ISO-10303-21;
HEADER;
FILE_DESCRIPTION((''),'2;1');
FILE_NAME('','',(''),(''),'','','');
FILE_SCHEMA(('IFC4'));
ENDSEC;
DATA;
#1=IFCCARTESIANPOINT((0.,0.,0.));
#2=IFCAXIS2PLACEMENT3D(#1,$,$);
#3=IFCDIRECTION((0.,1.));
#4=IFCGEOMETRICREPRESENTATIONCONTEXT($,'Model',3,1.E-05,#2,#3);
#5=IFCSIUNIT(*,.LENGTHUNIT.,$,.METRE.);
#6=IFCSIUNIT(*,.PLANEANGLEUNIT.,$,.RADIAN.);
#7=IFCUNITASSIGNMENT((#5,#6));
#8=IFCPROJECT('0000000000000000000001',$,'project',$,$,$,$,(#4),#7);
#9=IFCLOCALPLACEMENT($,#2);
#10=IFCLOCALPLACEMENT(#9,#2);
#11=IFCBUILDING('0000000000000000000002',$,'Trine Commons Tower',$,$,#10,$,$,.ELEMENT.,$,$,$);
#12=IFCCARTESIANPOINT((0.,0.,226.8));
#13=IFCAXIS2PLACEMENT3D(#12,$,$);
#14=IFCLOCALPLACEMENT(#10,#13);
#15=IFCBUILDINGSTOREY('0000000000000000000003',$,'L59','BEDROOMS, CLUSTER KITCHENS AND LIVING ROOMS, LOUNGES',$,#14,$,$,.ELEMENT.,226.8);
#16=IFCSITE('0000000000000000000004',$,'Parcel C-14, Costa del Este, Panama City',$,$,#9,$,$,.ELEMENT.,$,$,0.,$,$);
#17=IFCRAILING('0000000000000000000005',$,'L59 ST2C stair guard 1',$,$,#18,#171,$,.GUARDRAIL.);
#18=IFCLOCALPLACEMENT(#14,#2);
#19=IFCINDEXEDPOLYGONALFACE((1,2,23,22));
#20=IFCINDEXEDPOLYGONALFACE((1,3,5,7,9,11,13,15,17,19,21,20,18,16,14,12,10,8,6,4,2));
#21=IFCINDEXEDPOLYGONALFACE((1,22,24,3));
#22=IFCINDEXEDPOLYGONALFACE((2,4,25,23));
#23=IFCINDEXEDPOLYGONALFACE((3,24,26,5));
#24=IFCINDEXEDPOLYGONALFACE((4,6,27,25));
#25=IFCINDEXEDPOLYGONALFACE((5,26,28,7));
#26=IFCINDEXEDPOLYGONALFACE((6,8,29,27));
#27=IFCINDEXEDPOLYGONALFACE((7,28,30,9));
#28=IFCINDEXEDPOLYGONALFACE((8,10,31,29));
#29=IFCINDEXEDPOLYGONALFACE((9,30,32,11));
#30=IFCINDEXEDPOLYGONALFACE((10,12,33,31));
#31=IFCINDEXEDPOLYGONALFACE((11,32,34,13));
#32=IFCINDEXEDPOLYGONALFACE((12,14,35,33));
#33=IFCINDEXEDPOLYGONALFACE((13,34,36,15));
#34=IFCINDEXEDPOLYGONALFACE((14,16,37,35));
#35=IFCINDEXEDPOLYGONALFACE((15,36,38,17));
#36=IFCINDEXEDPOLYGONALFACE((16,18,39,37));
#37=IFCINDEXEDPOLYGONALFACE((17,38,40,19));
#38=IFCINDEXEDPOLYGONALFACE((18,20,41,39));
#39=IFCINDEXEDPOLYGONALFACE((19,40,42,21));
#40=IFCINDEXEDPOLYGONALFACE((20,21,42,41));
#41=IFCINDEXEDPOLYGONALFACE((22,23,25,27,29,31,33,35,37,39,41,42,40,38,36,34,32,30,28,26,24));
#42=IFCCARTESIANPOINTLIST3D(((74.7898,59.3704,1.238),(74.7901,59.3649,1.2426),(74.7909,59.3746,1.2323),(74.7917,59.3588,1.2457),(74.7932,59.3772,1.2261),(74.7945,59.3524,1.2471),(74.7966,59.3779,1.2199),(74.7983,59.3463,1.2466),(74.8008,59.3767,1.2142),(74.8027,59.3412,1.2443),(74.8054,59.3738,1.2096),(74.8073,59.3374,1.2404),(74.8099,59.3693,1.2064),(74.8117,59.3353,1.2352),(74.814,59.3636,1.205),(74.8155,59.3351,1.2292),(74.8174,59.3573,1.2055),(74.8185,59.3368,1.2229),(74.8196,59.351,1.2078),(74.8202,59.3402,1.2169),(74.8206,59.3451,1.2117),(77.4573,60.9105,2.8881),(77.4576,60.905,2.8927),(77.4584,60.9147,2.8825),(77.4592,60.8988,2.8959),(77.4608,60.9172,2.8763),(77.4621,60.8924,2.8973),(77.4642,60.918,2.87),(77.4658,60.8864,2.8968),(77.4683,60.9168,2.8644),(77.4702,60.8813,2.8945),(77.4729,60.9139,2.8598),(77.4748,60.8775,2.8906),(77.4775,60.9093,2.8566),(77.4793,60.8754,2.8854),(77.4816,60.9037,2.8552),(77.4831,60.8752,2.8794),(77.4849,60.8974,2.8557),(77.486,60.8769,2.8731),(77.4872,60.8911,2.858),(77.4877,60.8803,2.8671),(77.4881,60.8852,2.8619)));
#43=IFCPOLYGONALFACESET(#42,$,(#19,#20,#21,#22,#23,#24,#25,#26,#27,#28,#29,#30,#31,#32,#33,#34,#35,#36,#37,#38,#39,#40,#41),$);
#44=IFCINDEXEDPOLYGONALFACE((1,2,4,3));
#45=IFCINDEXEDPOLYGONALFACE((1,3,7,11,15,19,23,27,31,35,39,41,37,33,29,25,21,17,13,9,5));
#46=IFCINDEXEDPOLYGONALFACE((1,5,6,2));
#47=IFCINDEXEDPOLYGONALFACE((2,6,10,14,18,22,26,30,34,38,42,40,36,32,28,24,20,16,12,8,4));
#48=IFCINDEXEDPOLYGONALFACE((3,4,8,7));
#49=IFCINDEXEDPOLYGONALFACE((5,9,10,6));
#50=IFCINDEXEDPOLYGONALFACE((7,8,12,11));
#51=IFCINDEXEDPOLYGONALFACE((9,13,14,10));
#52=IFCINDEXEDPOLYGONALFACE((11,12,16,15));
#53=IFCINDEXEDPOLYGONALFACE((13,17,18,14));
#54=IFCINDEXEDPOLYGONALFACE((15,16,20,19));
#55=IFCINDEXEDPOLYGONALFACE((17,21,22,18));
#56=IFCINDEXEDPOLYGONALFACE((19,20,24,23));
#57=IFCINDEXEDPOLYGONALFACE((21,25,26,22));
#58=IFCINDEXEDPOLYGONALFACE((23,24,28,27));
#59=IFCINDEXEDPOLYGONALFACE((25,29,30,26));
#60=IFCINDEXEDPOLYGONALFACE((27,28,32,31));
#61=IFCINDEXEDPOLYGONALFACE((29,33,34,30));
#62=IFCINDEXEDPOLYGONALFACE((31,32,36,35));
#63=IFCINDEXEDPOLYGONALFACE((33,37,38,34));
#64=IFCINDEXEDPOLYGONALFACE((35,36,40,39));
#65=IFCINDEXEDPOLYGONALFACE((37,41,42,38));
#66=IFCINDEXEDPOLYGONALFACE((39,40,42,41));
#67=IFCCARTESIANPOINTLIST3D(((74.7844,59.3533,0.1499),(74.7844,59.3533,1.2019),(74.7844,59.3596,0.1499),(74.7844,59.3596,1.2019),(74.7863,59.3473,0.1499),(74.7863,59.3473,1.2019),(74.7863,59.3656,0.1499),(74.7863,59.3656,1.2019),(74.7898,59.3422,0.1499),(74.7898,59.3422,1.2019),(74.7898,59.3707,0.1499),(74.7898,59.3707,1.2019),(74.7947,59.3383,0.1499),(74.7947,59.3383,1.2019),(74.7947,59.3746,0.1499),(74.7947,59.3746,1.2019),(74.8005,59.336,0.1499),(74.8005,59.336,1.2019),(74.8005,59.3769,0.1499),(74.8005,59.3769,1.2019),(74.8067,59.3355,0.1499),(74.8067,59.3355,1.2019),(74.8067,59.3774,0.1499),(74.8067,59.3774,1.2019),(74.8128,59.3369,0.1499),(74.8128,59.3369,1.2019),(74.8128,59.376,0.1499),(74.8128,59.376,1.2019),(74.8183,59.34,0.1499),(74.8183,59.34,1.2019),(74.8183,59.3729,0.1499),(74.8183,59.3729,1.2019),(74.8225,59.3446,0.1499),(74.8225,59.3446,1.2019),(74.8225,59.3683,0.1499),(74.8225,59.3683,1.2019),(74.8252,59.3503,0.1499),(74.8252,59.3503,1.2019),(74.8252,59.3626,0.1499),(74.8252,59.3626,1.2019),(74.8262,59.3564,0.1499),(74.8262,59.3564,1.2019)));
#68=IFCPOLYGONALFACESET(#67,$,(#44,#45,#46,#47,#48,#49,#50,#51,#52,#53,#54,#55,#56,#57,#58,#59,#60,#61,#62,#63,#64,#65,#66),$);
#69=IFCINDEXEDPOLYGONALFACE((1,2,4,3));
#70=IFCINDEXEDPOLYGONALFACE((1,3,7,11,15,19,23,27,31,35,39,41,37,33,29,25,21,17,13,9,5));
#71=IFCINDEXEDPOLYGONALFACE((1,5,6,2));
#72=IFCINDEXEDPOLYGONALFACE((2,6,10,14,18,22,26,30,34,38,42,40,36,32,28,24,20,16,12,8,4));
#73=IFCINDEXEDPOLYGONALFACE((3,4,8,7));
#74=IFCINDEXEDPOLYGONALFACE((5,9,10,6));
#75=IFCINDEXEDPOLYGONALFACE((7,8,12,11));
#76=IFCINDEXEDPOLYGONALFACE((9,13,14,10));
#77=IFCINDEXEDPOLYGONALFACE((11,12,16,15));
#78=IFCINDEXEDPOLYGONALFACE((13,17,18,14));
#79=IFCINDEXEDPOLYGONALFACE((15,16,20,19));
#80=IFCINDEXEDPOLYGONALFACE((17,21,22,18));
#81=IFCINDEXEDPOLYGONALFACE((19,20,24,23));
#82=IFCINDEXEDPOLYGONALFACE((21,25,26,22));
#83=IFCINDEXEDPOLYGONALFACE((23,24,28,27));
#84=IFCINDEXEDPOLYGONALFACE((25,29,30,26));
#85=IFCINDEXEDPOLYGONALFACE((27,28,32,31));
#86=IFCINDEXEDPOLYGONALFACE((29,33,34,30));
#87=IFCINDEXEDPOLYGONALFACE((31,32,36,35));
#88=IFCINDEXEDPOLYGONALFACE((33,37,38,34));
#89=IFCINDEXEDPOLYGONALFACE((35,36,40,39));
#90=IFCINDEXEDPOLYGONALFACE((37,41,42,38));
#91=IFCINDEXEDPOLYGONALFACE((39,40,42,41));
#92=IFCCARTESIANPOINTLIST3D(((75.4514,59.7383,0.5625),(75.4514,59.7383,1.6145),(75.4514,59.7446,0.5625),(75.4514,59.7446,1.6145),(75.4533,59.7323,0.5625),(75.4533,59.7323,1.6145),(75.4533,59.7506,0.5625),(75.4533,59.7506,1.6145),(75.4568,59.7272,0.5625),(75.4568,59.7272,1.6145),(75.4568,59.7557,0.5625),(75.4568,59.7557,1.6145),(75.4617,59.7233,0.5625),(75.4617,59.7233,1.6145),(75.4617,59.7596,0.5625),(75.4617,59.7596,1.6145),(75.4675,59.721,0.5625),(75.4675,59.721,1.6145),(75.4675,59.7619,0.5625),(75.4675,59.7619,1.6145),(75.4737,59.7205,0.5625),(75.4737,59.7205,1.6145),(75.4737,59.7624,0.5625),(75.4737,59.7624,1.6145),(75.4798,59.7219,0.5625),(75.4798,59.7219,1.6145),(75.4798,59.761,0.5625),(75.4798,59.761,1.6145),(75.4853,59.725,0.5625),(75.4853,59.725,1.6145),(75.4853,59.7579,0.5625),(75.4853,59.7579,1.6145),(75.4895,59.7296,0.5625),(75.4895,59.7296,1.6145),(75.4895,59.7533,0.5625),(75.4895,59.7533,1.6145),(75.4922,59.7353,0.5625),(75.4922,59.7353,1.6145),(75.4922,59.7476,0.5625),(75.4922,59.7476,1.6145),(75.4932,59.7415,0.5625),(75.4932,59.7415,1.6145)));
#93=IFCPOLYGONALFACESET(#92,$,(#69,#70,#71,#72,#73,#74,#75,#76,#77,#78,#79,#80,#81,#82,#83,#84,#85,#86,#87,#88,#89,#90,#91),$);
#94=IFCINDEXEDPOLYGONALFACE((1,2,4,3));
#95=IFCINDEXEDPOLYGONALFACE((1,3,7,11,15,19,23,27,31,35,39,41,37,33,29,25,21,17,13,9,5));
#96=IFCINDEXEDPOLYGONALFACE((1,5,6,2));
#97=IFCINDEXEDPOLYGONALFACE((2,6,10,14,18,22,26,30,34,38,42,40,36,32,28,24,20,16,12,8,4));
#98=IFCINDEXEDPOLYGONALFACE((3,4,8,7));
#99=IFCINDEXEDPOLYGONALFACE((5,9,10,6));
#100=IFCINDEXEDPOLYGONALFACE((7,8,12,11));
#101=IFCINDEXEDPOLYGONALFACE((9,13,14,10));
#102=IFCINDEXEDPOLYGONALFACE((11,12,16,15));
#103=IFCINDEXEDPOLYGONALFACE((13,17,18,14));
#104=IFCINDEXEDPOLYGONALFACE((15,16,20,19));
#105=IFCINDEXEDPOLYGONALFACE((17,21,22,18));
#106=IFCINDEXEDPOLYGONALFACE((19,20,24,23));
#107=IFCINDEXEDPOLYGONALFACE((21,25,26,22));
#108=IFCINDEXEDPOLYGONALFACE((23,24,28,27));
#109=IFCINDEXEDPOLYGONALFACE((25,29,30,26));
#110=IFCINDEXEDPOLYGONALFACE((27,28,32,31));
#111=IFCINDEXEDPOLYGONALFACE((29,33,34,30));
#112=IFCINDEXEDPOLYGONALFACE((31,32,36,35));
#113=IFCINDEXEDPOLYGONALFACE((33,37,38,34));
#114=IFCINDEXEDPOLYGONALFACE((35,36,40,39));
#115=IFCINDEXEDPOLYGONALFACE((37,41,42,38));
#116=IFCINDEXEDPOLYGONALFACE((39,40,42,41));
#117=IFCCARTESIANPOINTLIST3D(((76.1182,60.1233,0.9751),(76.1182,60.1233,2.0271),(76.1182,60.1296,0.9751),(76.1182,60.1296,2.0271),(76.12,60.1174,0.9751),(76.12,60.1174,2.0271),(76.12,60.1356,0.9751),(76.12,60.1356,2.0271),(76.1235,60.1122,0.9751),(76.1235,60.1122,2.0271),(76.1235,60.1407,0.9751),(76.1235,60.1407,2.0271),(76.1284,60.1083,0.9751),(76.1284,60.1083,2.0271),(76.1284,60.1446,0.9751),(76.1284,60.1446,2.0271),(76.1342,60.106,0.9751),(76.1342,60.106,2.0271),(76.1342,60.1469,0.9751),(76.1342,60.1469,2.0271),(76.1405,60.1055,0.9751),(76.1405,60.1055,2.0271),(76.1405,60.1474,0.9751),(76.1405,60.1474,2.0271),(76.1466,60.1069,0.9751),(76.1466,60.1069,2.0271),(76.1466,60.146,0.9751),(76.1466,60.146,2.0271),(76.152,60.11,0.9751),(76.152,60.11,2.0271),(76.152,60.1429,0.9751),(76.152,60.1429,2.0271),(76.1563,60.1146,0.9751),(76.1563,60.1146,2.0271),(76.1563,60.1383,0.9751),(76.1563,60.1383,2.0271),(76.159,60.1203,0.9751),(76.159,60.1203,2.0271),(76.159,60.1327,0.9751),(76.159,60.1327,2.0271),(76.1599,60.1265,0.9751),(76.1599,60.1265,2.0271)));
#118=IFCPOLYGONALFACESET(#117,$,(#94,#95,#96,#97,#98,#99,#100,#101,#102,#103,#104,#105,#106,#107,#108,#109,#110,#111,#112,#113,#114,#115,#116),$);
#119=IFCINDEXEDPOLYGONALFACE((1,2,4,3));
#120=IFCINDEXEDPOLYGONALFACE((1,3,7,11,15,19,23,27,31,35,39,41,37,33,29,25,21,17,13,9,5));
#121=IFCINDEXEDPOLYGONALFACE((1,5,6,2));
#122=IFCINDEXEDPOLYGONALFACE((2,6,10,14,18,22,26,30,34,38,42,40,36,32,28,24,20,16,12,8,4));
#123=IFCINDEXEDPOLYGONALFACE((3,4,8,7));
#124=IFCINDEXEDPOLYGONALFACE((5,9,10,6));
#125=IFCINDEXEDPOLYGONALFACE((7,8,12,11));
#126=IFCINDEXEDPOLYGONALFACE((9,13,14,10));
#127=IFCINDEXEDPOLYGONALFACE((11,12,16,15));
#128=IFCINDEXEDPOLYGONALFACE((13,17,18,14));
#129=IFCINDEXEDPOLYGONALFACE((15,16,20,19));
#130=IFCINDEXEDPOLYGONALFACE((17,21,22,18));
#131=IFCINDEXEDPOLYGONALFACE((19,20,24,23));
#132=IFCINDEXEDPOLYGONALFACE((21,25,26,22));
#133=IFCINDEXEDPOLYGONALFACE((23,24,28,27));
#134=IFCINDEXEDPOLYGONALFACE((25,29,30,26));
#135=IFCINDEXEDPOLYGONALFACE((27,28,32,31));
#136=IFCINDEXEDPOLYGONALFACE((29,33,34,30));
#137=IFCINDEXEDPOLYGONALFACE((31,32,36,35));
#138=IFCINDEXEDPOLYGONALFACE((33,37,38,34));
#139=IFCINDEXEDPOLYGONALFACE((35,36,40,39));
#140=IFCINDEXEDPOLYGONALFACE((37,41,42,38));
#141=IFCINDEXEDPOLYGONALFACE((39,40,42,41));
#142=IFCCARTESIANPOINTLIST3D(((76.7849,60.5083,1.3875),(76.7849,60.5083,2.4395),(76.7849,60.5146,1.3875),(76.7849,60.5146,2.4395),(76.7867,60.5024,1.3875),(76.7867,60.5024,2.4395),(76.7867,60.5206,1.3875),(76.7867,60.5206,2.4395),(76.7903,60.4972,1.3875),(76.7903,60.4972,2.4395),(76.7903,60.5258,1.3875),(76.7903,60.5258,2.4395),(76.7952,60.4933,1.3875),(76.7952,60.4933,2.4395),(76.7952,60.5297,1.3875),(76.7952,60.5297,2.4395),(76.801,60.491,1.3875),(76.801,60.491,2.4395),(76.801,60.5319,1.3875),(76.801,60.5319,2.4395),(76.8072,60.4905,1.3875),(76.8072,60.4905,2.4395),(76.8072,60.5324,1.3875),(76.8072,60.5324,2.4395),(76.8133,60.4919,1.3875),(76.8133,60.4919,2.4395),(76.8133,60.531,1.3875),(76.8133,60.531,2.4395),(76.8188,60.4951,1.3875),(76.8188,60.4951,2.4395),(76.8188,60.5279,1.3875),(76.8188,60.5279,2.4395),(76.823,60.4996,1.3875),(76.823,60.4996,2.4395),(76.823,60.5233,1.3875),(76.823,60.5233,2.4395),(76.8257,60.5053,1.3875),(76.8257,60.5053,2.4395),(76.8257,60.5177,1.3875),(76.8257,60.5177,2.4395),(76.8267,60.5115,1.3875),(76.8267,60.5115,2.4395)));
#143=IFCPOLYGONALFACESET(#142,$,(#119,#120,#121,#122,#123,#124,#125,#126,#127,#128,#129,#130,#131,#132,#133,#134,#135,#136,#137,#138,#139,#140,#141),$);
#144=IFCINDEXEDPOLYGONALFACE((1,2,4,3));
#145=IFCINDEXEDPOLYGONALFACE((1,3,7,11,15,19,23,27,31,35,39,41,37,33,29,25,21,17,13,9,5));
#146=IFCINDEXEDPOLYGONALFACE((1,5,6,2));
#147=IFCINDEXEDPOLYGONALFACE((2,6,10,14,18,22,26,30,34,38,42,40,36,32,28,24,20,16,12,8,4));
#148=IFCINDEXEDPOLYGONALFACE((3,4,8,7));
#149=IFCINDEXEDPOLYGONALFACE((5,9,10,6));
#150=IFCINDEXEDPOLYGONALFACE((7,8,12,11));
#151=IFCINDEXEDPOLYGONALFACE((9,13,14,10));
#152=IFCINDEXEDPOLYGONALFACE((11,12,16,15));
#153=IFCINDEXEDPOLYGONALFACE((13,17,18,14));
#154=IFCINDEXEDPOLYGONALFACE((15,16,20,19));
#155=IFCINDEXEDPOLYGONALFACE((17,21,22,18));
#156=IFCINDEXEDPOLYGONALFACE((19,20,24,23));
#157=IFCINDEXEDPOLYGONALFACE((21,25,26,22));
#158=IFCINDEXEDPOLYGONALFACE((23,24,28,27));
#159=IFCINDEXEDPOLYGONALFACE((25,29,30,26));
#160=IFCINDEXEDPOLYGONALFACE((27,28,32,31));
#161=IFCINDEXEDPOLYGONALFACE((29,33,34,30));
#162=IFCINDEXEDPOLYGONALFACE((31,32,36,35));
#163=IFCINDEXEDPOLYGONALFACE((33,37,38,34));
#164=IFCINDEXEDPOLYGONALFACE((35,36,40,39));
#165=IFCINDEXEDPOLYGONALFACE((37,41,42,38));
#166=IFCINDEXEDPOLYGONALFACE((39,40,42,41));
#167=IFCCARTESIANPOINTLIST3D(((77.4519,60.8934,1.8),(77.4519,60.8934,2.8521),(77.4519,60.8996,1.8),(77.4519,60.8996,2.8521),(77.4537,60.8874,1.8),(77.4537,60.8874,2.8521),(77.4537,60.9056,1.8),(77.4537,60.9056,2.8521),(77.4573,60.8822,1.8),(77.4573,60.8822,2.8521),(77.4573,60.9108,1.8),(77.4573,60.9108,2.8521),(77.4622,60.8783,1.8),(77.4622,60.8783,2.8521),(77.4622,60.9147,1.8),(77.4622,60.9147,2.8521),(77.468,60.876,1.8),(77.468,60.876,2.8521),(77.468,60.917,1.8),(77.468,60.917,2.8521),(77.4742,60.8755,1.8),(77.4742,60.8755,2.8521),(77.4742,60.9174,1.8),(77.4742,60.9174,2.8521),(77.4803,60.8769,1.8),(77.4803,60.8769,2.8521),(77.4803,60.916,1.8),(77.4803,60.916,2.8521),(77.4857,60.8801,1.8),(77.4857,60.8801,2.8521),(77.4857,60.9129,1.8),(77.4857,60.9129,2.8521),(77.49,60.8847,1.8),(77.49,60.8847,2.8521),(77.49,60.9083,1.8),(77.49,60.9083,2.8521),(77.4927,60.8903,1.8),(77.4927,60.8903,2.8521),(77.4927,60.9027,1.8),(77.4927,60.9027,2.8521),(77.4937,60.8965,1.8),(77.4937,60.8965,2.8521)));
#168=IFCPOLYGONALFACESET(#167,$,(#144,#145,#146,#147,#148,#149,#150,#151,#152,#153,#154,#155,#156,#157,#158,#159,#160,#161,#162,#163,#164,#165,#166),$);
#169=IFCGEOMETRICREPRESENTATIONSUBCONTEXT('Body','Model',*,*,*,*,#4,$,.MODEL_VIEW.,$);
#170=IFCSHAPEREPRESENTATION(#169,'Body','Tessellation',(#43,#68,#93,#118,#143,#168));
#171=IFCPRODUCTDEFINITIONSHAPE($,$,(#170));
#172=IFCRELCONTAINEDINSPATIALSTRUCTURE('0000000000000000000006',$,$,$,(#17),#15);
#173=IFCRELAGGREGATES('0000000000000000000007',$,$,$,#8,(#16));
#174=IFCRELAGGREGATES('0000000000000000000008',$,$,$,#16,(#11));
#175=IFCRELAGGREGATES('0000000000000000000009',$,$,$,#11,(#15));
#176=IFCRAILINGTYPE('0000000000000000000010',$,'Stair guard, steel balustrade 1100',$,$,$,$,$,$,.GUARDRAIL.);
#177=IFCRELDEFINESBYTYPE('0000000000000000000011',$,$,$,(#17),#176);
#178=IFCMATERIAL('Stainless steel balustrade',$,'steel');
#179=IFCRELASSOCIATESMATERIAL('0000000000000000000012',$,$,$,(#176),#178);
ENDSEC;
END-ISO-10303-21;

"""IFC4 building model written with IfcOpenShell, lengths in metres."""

from ifc_helpers import new_model, si_unit, direction, frame, origin, origin_2d, place, context, subcontext, project, spatial, circle, extrude, material, type_object, element, save


model = new_model("IFC4")

# Units and contexts
model_context = context("Model", 3, precision=1e-05, world=origin(), true_north=direction((0.0, 1.0)))
body_context = subcontext(model_context, "Body", "Model", "MODEL_VIEW")
ifc_project = project(units=[si_unit("LENGTHUNIT", "METRE"), si_unit("PLANEANGLEUNIT", "RADIAN")], contexts=[model_context])

# Site, building, storey
site_placement = place(None, origin())
site = spatial("IfcSite", under=ifc_project, at=site_placement, Name="Parcel C-14, Costa del Este, Panama City", CompositionType="ELEMENT", RefElevation=0.0)
building_placement = place(site_placement, origin())
building = spatial("IfcBuilding", under=site, at=building_placement, Name="Trine Commons Tower", CompositionType="ELEMENT")
storey_placement = place(building_placement, frame((0.0, 0.0, 226.8)))
storey = spatial("IfcBuildingStorey", under=building, at=storey_placement, Name="L59", Description="BEDROOMS, CLUSTER KITCHENS AND LIVING ROOMS, LOUNGES", CompositionType="ELEMENT", Elevation=226.8)

# Railing
ifc_material_1 = material(Name="Stainless steel balustrade", Category="steel")
railing_type_1 = type_object("IfcRailingType", Name="Stair guard, steel balustrade 1100", PredefinedType="GUARDRAIL", material=ifc_material_1)
railing_1_placement = place(storey_placement, frame((74.8052, 59.3564, 0.1499)))
element("IfcRailing", 1, at=railing_1_placement, inside=storey, type_object=railing_type_1, Name="L59 ST2C stair guard 1", PredefinedType="GUARDRAIL", context=body_context, shape_type="SweptSolid", body=[
    extrude(circle(Radius=0.0239, at=origin_2d()), frame((0.0, 0.0, 1.0762), z_axis=(0.76338, 0.440728, 0.472239), x_axis=(-0.499992, 0.86603, 0.0)), (0.0, 0.0, 1.0), 3.4944),
    extrude(circle(Radius=0.021, at=origin_2d()), origin(), (0.0, 0.0, 1.0), 1.052),
    extrude(circle(Radius=0.021, at=origin_2d()), frame((0.667, 0.385, 0.4126)), (0.0, 0.0, 1.0), 1.052),
    extrude(circle(Radius=0.021, at=origin_2d()), frame((1.3337, 0.77, 0.8252)), (0.0, 0.0, 1.0), 1.052),
    extrude(circle(Radius=0.021, at=origin_2d()), frame((2.0005, 1.155, 1.2375)), (0.0, 0.0, 1.0), 1.052),
    extrude(circle(Radius=0.021, at=origin_2d()), frame((2.6675, 1.54, 1.6501)), (0.0, 0.0, 1.0), 1.052),
])

save(model, "model.ifc")
